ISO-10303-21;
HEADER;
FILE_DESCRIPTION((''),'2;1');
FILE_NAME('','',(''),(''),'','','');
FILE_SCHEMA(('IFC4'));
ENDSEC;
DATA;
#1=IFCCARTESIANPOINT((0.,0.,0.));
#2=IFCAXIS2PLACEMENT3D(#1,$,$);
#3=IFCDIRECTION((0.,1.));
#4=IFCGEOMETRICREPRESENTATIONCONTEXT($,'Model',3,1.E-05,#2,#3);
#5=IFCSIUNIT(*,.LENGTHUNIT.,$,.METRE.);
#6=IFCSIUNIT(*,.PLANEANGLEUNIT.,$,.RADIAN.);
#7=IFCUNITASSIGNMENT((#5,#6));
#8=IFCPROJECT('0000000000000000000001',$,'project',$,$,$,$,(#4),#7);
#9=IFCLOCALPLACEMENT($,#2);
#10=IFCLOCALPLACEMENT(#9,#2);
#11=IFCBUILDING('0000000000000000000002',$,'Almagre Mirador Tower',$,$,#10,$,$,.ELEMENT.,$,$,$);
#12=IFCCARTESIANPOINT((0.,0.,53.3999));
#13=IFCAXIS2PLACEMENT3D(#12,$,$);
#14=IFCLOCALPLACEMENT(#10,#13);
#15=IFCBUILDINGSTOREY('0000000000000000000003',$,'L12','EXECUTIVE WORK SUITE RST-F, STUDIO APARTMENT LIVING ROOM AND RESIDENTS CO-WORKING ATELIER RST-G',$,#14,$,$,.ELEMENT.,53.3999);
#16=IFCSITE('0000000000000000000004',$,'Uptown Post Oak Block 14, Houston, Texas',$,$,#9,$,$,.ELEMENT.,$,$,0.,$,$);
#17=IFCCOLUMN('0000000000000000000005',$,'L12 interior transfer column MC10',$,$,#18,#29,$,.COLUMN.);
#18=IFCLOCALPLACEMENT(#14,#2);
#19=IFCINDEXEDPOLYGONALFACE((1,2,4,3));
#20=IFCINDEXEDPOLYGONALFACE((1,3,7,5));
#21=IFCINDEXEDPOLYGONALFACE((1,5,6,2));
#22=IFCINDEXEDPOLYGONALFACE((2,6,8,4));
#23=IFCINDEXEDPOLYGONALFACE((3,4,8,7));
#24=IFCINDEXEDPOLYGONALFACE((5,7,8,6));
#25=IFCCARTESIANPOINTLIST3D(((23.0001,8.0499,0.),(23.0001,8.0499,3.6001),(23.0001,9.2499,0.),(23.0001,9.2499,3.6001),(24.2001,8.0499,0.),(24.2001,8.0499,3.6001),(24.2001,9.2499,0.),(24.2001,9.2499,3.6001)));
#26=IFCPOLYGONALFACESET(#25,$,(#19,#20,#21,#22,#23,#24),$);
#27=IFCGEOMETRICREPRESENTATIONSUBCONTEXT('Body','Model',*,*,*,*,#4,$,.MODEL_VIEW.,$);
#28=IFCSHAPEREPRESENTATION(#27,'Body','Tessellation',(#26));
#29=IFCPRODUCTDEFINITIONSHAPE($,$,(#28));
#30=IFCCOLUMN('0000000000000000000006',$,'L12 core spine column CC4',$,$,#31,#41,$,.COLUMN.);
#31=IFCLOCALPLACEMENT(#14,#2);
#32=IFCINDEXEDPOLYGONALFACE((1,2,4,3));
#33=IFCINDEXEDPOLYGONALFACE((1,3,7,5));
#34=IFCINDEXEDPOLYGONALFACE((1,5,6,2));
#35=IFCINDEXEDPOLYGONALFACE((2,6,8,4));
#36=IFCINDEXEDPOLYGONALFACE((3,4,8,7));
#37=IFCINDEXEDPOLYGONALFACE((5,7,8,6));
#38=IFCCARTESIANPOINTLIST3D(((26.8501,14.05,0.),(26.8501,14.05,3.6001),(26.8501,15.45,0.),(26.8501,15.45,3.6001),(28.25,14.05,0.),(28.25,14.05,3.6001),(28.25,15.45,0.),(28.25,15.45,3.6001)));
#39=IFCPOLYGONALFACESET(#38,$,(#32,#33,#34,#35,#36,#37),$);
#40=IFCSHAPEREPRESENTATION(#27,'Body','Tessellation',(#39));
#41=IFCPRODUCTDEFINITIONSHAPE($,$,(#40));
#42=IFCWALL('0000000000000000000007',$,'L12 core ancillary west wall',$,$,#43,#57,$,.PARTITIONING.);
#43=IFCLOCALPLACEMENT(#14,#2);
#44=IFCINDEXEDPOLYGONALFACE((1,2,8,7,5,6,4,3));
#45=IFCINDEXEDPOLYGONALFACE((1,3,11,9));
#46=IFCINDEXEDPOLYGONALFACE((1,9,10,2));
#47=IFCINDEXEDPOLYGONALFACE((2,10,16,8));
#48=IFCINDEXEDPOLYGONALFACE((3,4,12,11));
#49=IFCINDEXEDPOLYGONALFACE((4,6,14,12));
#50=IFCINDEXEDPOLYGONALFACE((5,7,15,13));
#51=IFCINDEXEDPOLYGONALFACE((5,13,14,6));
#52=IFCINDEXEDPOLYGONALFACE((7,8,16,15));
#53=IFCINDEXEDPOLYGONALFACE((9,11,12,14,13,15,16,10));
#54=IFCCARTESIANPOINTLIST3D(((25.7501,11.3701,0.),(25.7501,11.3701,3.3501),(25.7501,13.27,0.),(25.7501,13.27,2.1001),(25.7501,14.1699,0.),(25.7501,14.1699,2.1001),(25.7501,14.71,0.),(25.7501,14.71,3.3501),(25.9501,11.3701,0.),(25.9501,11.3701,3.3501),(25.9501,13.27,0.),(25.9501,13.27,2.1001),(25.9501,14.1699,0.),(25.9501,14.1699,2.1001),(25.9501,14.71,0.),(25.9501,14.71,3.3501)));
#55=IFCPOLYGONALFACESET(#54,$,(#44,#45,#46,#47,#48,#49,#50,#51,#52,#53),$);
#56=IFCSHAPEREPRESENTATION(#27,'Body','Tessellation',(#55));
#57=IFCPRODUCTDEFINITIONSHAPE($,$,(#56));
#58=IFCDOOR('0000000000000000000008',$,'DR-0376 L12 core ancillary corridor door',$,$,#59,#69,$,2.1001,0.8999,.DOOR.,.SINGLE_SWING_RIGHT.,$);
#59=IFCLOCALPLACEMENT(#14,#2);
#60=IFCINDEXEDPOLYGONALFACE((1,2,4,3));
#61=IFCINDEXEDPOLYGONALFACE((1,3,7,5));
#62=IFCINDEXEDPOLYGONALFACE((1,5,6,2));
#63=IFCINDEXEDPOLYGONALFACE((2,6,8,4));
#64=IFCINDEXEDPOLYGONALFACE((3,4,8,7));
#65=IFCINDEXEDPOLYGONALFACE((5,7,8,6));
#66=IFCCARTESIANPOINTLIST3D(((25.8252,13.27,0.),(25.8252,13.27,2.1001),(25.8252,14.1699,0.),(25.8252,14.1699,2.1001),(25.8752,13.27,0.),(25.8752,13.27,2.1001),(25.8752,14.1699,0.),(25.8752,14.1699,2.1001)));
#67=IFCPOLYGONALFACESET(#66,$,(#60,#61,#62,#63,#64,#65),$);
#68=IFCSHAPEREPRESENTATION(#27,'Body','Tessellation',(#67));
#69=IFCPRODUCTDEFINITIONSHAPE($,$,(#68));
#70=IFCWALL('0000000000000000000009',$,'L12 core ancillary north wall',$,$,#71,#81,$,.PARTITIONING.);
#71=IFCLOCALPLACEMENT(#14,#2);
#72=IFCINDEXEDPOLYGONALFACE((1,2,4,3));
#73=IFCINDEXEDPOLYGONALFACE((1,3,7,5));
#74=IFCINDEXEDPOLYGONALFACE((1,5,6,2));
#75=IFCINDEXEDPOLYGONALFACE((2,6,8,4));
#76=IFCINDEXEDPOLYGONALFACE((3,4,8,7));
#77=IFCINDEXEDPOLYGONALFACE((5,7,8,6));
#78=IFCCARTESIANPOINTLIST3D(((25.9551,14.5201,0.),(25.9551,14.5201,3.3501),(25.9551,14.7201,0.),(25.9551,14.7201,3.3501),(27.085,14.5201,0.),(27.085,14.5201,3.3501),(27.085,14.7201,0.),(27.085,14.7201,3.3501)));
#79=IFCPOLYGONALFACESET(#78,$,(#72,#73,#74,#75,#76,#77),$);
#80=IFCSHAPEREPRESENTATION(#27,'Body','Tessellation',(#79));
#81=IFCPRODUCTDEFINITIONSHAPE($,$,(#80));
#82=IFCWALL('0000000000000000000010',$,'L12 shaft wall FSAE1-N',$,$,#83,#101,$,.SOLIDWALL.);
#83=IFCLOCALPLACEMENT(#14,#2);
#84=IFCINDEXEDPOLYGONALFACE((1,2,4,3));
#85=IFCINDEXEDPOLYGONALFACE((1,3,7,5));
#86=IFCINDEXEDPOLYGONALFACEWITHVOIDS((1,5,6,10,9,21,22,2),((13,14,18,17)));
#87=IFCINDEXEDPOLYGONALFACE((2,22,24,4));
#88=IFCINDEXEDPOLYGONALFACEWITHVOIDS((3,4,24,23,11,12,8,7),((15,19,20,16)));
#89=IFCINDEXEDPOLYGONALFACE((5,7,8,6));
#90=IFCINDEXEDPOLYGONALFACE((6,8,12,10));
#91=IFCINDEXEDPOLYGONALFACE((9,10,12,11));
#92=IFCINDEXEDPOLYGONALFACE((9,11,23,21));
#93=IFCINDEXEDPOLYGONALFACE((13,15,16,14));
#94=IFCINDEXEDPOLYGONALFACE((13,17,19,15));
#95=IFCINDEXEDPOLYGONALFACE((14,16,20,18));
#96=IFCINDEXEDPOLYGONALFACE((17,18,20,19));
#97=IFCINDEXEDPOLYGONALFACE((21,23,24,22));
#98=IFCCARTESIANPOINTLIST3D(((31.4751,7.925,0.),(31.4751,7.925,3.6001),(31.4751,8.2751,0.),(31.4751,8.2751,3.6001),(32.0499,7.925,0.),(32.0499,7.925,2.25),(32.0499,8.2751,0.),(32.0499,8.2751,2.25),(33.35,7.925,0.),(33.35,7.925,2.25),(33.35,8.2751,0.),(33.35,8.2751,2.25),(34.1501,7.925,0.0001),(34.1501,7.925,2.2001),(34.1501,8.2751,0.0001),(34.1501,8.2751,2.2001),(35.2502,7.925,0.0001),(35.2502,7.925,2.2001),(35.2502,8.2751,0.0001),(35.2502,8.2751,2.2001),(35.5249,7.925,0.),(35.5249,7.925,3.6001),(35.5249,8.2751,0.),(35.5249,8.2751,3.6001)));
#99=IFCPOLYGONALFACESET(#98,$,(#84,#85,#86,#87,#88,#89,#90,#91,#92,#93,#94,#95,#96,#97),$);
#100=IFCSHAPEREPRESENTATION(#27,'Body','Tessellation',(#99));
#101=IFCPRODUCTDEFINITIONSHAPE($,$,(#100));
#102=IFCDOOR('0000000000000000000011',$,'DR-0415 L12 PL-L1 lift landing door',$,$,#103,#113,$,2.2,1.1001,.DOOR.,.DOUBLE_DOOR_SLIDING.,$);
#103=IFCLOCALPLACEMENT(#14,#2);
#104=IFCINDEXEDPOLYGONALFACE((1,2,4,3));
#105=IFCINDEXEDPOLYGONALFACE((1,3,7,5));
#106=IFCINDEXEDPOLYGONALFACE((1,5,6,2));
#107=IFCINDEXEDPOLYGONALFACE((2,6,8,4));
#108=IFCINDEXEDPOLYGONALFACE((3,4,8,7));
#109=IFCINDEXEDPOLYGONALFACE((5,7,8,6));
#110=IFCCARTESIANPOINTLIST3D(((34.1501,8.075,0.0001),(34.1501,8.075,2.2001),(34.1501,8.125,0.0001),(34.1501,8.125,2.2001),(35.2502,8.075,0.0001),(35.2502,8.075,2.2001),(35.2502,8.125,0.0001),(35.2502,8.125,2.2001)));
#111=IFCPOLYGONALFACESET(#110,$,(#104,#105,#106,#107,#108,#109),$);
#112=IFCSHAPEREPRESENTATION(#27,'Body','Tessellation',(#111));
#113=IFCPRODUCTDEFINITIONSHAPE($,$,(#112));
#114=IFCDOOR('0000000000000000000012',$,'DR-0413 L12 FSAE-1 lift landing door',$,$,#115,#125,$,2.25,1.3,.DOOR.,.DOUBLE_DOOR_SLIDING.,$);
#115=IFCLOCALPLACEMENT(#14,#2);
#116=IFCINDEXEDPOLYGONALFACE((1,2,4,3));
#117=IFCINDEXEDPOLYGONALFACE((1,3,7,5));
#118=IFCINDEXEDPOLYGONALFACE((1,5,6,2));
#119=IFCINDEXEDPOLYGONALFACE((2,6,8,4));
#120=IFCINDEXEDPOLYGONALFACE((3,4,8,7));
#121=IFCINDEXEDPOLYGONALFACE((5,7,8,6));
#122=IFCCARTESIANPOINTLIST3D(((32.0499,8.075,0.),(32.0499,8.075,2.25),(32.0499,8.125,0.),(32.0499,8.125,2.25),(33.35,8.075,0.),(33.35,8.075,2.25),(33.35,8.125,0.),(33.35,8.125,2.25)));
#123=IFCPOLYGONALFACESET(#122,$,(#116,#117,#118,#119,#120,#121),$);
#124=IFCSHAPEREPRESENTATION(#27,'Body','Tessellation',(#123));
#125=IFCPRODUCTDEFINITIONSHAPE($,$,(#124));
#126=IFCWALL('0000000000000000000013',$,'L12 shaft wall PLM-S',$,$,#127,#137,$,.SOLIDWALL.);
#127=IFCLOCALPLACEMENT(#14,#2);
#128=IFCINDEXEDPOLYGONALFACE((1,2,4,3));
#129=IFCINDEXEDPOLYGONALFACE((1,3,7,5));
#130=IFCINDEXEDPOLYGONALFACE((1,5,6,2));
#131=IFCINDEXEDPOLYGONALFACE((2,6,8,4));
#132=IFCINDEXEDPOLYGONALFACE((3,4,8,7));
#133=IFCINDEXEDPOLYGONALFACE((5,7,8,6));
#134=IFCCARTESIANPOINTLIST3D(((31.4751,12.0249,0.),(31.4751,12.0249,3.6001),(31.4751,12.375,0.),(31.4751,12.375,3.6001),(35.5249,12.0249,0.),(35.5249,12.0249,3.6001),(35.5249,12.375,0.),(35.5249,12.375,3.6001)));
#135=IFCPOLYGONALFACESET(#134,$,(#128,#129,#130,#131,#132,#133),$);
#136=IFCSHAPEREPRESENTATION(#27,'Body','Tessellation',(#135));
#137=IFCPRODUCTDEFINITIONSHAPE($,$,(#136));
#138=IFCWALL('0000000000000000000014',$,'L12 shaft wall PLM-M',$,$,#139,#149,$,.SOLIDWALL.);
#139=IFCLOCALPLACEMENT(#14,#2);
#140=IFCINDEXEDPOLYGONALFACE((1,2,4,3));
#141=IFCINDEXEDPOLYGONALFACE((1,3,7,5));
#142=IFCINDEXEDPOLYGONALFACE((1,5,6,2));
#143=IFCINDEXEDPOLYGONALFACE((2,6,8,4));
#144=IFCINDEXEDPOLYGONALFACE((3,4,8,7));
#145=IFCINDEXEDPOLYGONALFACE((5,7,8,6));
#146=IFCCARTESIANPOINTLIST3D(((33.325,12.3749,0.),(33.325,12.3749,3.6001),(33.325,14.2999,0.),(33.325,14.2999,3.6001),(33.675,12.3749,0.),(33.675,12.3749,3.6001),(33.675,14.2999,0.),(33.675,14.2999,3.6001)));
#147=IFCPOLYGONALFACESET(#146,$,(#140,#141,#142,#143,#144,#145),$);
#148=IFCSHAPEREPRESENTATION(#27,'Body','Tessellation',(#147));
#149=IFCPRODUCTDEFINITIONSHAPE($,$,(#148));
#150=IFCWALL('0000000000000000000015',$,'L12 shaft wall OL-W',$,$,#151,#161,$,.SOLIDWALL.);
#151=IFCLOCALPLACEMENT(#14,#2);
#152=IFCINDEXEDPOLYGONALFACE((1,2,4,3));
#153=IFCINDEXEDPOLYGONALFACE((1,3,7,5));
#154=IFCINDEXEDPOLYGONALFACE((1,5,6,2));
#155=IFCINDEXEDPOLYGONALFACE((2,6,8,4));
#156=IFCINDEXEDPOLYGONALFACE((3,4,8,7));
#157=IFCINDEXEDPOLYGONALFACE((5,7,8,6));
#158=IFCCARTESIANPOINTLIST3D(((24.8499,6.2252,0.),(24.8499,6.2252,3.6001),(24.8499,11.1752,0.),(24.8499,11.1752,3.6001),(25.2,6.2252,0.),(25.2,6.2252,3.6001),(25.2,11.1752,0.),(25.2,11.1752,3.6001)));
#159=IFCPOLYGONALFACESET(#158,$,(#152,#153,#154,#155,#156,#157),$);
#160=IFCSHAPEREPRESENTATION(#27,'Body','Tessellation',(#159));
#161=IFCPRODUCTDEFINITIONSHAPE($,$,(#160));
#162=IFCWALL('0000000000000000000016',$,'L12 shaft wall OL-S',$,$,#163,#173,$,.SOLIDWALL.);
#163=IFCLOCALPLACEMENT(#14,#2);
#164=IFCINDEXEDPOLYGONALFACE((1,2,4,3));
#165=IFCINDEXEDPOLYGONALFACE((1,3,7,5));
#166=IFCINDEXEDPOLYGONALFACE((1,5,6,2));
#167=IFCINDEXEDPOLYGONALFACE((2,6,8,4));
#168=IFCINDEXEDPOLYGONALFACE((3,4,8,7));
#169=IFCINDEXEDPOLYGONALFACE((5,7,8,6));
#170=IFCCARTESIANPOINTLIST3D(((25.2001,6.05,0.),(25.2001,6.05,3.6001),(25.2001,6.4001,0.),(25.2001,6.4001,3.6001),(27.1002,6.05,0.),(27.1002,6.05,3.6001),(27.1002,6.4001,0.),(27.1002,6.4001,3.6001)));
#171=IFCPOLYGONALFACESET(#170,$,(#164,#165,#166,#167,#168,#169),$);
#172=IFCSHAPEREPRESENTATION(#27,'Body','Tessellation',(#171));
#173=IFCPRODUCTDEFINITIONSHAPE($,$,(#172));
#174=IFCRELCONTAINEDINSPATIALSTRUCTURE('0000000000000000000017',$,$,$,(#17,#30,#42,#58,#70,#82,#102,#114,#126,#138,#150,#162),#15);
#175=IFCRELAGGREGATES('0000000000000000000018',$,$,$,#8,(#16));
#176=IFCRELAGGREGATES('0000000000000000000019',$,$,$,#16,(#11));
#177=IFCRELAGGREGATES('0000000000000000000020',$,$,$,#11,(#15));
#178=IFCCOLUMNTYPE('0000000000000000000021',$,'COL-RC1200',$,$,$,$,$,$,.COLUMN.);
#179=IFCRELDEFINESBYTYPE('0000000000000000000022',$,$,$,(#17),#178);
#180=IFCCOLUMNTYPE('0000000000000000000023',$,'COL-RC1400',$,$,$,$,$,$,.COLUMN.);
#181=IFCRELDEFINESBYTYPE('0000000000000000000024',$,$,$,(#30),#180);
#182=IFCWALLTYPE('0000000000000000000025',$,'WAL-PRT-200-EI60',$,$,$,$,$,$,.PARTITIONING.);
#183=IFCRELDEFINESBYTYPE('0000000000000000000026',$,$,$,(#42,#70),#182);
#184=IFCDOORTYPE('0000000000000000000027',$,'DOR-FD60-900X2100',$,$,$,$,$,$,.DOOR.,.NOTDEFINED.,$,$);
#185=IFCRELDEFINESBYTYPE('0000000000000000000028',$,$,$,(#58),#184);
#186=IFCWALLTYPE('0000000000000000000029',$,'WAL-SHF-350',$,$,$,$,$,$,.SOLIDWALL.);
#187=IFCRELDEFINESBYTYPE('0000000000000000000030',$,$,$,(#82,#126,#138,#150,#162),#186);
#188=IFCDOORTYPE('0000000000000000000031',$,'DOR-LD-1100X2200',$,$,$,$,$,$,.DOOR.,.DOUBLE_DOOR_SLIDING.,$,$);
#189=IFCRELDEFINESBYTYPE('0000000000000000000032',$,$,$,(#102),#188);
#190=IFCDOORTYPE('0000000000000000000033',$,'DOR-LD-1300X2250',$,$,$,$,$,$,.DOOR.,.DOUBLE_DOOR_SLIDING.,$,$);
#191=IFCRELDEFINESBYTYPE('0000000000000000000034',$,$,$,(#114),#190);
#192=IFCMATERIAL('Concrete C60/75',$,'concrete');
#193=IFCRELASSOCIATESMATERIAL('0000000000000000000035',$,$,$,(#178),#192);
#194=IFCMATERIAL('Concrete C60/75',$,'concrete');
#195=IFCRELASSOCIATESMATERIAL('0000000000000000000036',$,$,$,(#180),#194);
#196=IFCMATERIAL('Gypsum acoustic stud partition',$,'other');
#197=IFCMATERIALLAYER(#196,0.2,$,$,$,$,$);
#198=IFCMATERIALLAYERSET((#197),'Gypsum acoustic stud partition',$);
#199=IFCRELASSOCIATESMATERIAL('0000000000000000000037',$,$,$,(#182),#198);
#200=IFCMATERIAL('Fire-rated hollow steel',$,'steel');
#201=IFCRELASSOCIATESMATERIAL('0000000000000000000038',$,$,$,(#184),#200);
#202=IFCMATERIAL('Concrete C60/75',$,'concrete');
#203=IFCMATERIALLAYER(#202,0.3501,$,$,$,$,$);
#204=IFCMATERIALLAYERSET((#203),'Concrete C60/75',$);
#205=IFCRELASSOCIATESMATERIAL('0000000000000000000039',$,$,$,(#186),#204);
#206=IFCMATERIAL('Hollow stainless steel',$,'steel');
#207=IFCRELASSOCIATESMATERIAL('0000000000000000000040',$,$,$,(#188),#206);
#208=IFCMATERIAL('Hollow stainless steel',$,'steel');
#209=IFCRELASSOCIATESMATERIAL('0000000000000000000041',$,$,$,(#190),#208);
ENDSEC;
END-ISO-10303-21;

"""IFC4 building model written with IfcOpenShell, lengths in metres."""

from ifc_helpers import new_model, si_unit, direction, frame, frame_2d, origin, origin_2d, place, context, subcontext, project, spatial, rectangle, extrude, material, layer, layer_set, material_profile, profile_set, type_object, element, fill, save


model = new_model("IFC4")

# Units and contexts
model_context = context("Model", 3, precision=1e-05, world=origin(), true_north=direction((0.0, 1.0)))
body_context = subcontext(model_context, "Body", "Model", "MODEL_VIEW")
ifc_project = project(units=[si_unit("LENGTHUNIT", "METRE"), si_unit("PLANEANGLEUNIT", "RADIAN")], contexts=[model_context])

# Site, building, storey
site_placement = place(None, origin())
site = spatial("IfcSite", under=ifc_project, at=site_placement, Name="Uptown Post Oak Block 14, Houston, Texas", CompositionType="ELEMENT", RefElevation=0.0)
building_placement = place(site_placement, origin())
building = spatial("IfcBuilding", under=site, at=building_placement, Name="Almagre Mirador Tower", CompositionType="ELEMENT")
storey_placement = place(building_placement, frame((0.0, 0.0, 53.3999)))
storey = spatial("IfcBuildingStorey", under=building, at=storey_placement, Name="L12", Description="EXECUTIVE WORK SUITE RST-F, STUDIO APARTMENT LIVING ROOM AND RESIDENTS CO-WORKING ATELIER RST-G", CompositionType="ELEMENT", Elevation=53.3999)

# Columns
ifc_material_1 = material(Name="Concrete C60/75", Category="concrete")
ifc_material_profile_1 = material_profile(ifc_material_1, rectangle(XDim=1.2, YDim=1.2, at=origin_2d()), Name="RC1200X1200")
ifc_profile_set_1 = profile_set([ifc_material_profile_1], Name="Concrete C60/75")
column_type_1 = type_object("IfcColumnType", Name="COL-RC1200", PredefinedType="COLUMN", material=ifc_profile_set_1)
column_1_placement = place(storey_placement, frame((23.6001, 8.6499, 0.0), z_axis=(0.0, 0.0, 1.0), x_axis=(1.0, 0.0, 0.0)))
element("IfcColumn", 1, at=column_1_placement, inside=storey, type_object=column_type_1, Name="L12 interior transfer column MC10", PredefinedType="COLUMN", context=body_context, shape_type="SweptSolid", body=[
    extrude(rectangle(XDim=1.2, YDim=1.2, at=origin_2d()), origin(), (0.0, 0.0, 1.0), 3.6001),
])
ifc_material_2 = material(Name="Concrete C60/75", Category="concrete")
ifc_material_profile_2 = material_profile(ifc_material_2, rectangle(XDim=1.3999, YDim=1.3999, at=origin_2d()), Name="RC1400X1400")
ifc_profile_set_2 = profile_set([ifc_material_profile_2], Name="Concrete C60/75")
column_type_2 = type_object("IfcColumnType", Name="COL-RC1400", PredefinedType="COLUMN", material=ifc_profile_set_2)
column_2_placement = place(storey_placement, frame((27.55, 14.75, 0.0), z_axis=(0.0, 0.0, 1.0), x_axis=(1.0, 0.0, 0.0)))
element("IfcColumn", 2, at=column_2_placement, inside=storey, type_object=column_type_2, Name="L12 core spine column CC4", PredefinedType="COLUMN", context=body_context, shape_type="SweptSolid", body=[
    extrude(rectangle(XDim=1.3999, YDim=1.3999, at=origin_2d()), origin(), (0.0, 0.0, 1.0), 3.6001),
])

# Wall, opening, door
ifc_material_3 = material(Name="Gypsum acoustic stud partition", Category="other")
ifc_layer_1 = layer(ifc_material_3, 0.2)
ifc_layer_set_1 = layer_set([ifc_layer_1], Name="Gypsum acoustic stud partition")
wall_type_1 = type_object("IfcWallType", Name="WAL-PRT-200-EI60", PredefinedType="PARTITIONING", material=ifc_layer_set_1)
wall_1_placement = place(storey_placement, frame((25.8501, 11.3701, 0.0), z_axis=(0.0, 0.0, 1.0), x_axis=(0.0, 1.0, 0.0)))
wall_1 = element("IfcWall", 3, at=wall_1_placement, inside=storey, type_object=wall_type_1, Name="L12 core ancillary west wall", PredefinedType="PARTITIONING", context=body_context, shape_type="SweptSolid", body=[
    extrude(rectangle(XDim=3.3398, YDim=0.2, at=frame_2d((1.6699, 0.0))), origin(), (0.0, 0.0, 1.0), 3.3501),
])
opening_1_placement = place(wall_1_placement, frame((1.8999, 0.0, 0.0)))
opening_1 = element("IfcOpeningElement", 4, at=opening_1_placement, cuts=wall_1, PredefinedType="OPENING", context=body_context, shape_type="SweptSolid", body=[
    extrude(rectangle(XDim=0.8999, YDim=2.1001, at=frame_2d((0.45, 1.05))), frame((0.0, 0.1101, 0.0), z_axis=(0.0, -1.0, 0.0), x_axis=(1.0, 0.0, 0.0)), (0.0, 0.0, 1.0), 0.22),
])
ifc_material_4 = material(Name="Fire-rated hollow steel", Category="steel")
door_type_1 = type_object("IfcDoorType", Name="DOR-FD60-900X2100", OperationType="NOTDEFINED", PredefinedType="DOOR", material=ifc_material_4)
door_1_placement = place(opening_1_placement, origin())
door_1 = element("IfcDoor", 5, at=door_1_placement, inside=storey, type_object=door_type_1, Name="DR-0376 L12 core ancillary corridor door", OperationType="SINGLE_SWING_RIGHT", OverallHeight=2.1001, OverallWidth=0.8999, PredefinedType="DOOR", context=body_context, shape_type="SweptSolid", body=[
    extrude(rectangle(XDim=0.8999, YDim=2.1001, at=frame_2d((0.45, 1.05))), frame((0.0, 0.0249, 0.0), z_axis=(0.0, -1.0, 0.0), x_axis=(1.0, 0.0, 0.0)), (0.0, 0.0, 1.0), 0.05),
])
fill(opening_1, door_1)

# Wall
wall_2_placement = place(storey_placement, frame((25.9551, 14.6201, 0.0), z_axis=(0.0, 0.0, 1.0), x_axis=(1.0, 0.0, 0.0)))
element("IfcWall", 6, at=wall_2_placement, inside=storey, type_object=wall_type_1, Name="L12 core ancillary north wall", PredefinedType="PARTITIONING", context=body_context, shape_type="SweptSolid", body=[
    extrude(rectangle(XDim=1.1299, YDim=0.2, at=frame_2d((0.5649, 0.0))), origin(), (0.0, 0.0, 1.0), 3.3501),
])

# Wall, openings, doors
ifc_material_5 = material(Name="Concrete C60/75", Category="concrete")
ifc_layer_2 = layer(ifc_material_5, 0.3501)
ifc_layer_set_2 = layer_set([ifc_layer_2], Name="Concrete C60/75")
wall_type_2 = type_object("IfcWallType", Name="WAL-SHF-350", PredefinedType="SOLIDWALL", material=ifc_layer_set_2)
wall_3_placement = place(storey_placement, frame((31.4751, 8.1001, 0.0), z_axis=(0.0, 0.0, 1.0), x_axis=(1.0, 0.0, 0.0)))
wall_3 = element("IfcWall", 7, at=wall_3_placement, inside=storey, type_object=wall_type_2, Name="L12 shaft wall FSAE1-N", PredefinedType="SOLIDWALL", context=body_context, shape_type="SweptSolid", body=[
    extrude(rectangle(XDim=4.0498, YDim=0.3501, at=frame_2d((2.0249, 0.0))), origin(), (0.0, 0.0, 1.0), 3.6001),
])
opening_2_placement = place(wall_3_placement, frame((0.575, 0.0, 0.0)))
opening_2 = element("IfcOpeningElement", 8, at=opening_2_placement, cuts=wall_3, PredefinedType="OPENING", context=body_context, shape_type="SweptSolid", body=[
    extrude(rectangle(XDim=1.3, YDim=2.25, at=frame_2d((0.6499, 1.125))), frame((0.0, 0.185, 0.0), z_axis=(0.0, -1.0, 0.0), x_axis=(1.0, 0.0, 0.0)), (0.0, 0.0, 1.0), 0.3701),
])
opening_3_placement = place(wall_3_placement, frame((2.675, 0.0, 0.0)))
opening_3 = element("IfcOpeningElement", 9, at=opening_3_placement, cuts=wall_3, PredefinedType="OPENING", context=body_context, shape_type="SweptSolid", body=[
    extrude(rectangle(XDim=1.1001, YDim=2.2, at=frame_2d((0.55, 1.1001))), frame((0.0, 0.185, 0.0), z_axis=(0.0, -1.0, 0.0), x_axis=(1.0, 0.0, 0.0)), (0.0, 0.0, 1.0), 0.3701),
])
ifc_material_6 = material(Name="Hollow stainless steel", Category="steel")
door_type_2 = type_object("IfcDoorType", Name="DOR-LD-1100X2200", OperationType="DOUBLE_DOOR_SLIDING", PredefinedType="DOOR", material=ifc_material_6)
door_2_placement = place(opening_3_placement, origin())
door_2 = element("IfcDoor", 10, at=door_2_placement, inside=storey, type_object=door_type_2, Name="DR-0415 L12 PL-L1 lift landing door", OperationType="DOUBLE_DOOR_SLIDING", OverallHeight=2.2, OverallWidth=1.1001, PredefinedType="DOOR", context=body_context, shape_type="SweptSolid", body=[
    extrude(rectangle(XDim=1.1001, YDim=2.2, at=frame_2d((0.55, 1.1001))), frame((0.0, 0.0249, 0.0), z_axis=(0.0, -1.0, 0.0), x_axis=(1.0, 0.0, 0.0)), (0.0, 0.0, 1.0), 0.05),
])
fill(opening_3, door_2)
ifc_material_7 = material(Name="Hollow stainless steel", Category="steel")
door_type_3 = type_object("IfcDoorType", Name="DOR-LD-1300X2250", OperationType="DOUBLE_DOOR_SLIDING", PredefinedType="DOOR", material=ifc_material_7)
door_3_placement = place(opening_2_placement, origin())
door_3 = element("IfcDoor", 11, at=door_3_placement, inside=storey, type_object=door_type_3, Name="DR-0413 L12 FSAE-1 lift landing door", OperationType="DOUBLE_DOOR_SLIDING", OverallHeight=2.25, OverallWidth=1.3, PredefinedType="DOOR", context=body_context, shape_type="SweptSolid", body=[
    extrude(rectangle(XDim=1.3, YDim=2.25, at=frame_2d((0.6499, 1.125))), frame((0.0, 0.0249, 0.0), z_axis=(0.0, -1.0, 0.0), x_axis=(1.0, 0.0, 0.0)), (0.0, 0.0, 1.0), 0.05),
])
fill(opening_2, door_3)

# Walls
wall_4_placement = place(storey_placement, frame((31.4751, 12.2, 0.0), z_axis=(0.0, 0.0, 1.0), x_axis=(1.0, 0.0, 0.0)))
element("IfcWall", 12, at=wall_4_placement, inside=storey, type_object=wall_type_2, Name="L12 shaft wall PLM-S", PredefinedType="SOLIDWALL", context=body_context, shape_type="SweptSolid", body=[
    extrude(rectangle(XDim=4.0498, YDim=0.3501, at=frame_2d((2.0249, 0.0))), origin(), (0.0, 0.0, 1.0), 3.6001),
])
wall_5_placement = place(storey_placement, frame((33.5, 12.375, 0.0), z_axis=(0.0, 0.0, 1.0), x_axis=(0.0, 1.0, 0.0)))
element("IfcWall", 13, at=wall_5_placement, inside=storey, type_object=wall_type_2, Name="L12 shaft wall PLM-M", PredefinedType="SOLIDWALL", context=body_context, shape_type="SweptSolid", body=[
    extrude(rectangle(XDim=1.925, YDim=0.3501, at=frame_2d((0.9624, 0.0))), origin(), (0.0, 0.0, 1.0), 3.6001),
])
wall_6_placement = place(storey_placement, frame((25.0249, 6.2251, 0.0), z_axis=(0.0, 0.0, 1.0), x_axis=(0.0, 1.0, 0.0)))
element("IfcWall", 14, at=wall_6_placement, inside=storey, type_object=wall_type_2, Name="L12 shaft wall OL-W", PredefinedType="SOLIDWALL", context=body_context, shape_type="SweptSolid", body=[
    extrude(rectangle(XDim=4.95, YDim=0.3501, at=frame_2d((2.4751, 0.0))), origin(), (0.0, 0.0, 1.0), 3.6001),
])
for number, where, z_axis, x_axis, name in (
    (15, (25.2, 6.2251, 0.0), (0.0, 0.0, 1.0), (1.0, 0.0, 0.0), "L12 shaft wall OL-S"),
):
    element("IfcWall", number, at=place(storey_placement, frame(where, z_axis=z_axis, x_axis=x_axis)), inside=storey, type_object=wall_type_2, Name=name, PredefinedType="SOLIDWALL", context=body_context, shape_type="SweptSolid", body=[
        extrude(rectangle(XDim=1.9001, YDim=0.3501, at=frame_2d((0.9502, 0.0))), origin(), (0.0, 0.0, 1.0), 3.6001),
    ])

save(model, "model.ifc")
